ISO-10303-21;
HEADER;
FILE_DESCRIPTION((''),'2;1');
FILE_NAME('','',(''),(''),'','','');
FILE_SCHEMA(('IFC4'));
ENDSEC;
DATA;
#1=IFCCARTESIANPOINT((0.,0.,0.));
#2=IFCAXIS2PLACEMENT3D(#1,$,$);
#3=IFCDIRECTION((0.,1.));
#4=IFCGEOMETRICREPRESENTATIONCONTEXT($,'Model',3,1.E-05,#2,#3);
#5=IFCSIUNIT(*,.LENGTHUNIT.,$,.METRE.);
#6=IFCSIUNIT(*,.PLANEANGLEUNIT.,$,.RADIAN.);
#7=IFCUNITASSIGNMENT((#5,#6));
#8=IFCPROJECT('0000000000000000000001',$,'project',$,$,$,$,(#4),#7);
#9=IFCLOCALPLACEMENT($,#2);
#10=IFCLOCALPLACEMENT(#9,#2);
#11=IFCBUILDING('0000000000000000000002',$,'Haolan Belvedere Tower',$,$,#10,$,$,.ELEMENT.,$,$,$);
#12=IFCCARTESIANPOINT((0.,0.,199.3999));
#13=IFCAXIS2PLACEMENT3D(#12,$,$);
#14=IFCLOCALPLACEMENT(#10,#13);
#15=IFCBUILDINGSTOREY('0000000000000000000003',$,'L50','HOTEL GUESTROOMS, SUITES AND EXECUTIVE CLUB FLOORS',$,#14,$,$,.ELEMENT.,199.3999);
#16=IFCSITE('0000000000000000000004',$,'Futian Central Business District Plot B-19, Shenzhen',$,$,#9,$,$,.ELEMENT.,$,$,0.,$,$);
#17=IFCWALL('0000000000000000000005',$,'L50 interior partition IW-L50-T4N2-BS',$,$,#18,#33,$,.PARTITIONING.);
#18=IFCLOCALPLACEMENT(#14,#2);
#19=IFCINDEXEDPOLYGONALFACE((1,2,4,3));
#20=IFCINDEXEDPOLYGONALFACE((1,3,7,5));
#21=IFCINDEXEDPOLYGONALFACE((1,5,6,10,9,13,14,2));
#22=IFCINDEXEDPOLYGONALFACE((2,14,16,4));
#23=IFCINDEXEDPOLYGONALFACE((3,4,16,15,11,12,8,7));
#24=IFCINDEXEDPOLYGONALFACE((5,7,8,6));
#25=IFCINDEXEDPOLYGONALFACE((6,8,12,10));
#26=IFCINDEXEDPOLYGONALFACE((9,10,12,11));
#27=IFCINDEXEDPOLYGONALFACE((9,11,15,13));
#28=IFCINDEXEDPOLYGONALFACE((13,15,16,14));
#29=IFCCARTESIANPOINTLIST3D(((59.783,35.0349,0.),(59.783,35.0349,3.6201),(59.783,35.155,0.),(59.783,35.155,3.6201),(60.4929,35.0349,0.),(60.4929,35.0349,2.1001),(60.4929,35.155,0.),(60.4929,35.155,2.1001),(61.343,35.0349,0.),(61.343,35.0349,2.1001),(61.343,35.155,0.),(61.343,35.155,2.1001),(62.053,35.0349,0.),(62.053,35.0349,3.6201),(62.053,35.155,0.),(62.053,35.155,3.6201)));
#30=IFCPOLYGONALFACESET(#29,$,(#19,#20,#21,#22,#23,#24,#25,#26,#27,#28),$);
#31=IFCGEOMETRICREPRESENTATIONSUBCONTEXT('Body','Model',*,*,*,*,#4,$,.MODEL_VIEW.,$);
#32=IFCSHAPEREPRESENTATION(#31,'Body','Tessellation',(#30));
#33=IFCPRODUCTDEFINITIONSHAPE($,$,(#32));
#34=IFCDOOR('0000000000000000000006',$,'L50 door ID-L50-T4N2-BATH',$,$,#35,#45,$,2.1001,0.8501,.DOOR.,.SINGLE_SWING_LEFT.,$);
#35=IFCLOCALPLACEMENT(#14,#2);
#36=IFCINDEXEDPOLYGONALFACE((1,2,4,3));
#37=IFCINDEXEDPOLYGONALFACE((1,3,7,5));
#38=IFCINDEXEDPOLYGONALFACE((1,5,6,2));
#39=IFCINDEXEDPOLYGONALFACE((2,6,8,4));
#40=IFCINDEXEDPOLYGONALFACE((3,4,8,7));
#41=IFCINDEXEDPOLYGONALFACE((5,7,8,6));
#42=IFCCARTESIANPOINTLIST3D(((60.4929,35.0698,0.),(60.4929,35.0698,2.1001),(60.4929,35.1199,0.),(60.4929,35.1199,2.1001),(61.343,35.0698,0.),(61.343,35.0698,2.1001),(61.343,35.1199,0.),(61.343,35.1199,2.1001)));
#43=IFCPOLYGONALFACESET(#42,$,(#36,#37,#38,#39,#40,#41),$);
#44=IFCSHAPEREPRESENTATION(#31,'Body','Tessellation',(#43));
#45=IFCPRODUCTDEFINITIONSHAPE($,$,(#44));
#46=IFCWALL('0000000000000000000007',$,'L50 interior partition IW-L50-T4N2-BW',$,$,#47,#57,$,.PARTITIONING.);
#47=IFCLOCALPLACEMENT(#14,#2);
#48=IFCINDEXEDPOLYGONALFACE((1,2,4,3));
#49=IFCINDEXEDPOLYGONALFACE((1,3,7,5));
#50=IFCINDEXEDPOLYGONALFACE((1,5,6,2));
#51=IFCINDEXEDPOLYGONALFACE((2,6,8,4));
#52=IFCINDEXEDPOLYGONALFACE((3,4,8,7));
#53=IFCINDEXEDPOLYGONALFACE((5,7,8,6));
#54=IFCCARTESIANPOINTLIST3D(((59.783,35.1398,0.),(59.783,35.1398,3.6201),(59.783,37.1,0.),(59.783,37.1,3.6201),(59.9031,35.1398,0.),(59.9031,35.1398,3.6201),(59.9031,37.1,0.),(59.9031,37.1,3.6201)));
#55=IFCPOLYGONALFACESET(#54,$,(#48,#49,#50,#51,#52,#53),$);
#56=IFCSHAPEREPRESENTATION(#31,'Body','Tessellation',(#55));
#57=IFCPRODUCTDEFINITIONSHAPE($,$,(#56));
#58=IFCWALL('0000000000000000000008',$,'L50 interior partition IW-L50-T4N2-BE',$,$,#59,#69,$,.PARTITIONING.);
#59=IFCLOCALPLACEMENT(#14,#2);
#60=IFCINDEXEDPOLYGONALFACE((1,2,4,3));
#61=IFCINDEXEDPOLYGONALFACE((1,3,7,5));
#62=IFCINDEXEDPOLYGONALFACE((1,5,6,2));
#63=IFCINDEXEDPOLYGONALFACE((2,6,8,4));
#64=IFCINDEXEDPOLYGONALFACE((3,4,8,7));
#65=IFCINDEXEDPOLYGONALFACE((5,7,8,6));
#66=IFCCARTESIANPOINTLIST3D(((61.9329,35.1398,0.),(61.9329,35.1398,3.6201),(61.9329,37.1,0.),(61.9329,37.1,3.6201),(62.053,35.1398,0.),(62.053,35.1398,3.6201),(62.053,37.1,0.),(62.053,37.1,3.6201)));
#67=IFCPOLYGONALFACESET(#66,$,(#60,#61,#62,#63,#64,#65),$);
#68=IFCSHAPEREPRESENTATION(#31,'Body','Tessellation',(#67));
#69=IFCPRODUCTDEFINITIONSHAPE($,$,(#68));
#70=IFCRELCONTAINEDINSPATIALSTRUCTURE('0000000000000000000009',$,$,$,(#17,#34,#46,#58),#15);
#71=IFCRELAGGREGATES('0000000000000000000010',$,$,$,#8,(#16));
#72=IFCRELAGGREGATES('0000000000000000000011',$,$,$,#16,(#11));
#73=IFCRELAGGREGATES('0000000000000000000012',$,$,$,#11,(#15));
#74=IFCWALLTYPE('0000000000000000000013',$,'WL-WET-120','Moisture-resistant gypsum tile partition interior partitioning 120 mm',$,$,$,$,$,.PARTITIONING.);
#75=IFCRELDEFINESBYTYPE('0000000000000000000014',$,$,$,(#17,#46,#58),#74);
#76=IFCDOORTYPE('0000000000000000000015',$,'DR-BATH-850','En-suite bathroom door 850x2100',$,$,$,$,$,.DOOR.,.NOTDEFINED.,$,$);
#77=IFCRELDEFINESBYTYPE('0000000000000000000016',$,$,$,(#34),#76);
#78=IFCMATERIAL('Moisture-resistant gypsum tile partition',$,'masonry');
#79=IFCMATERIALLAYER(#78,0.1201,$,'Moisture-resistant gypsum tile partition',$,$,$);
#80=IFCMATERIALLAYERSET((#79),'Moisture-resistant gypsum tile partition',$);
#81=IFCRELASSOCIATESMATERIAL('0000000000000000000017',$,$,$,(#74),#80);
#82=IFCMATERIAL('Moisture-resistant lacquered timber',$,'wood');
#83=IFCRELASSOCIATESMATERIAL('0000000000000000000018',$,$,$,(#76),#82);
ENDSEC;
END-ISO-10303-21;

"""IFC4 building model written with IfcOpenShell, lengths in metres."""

from ifc_helpers import new_model, si_unit, direction, frame, frame_2d, origin, place, context, subcontext, project, spatial, rectangle, extrude, material, layer, layer_set, type_object, element, fill, save


model = new_model("IFC4")

# Units and contexts
model_context = context("Model", 3, precision=1e-05, world=origin(), true_north=direction((0.0, 1.0)))
body_context = subcontext(model_context, "Body", "Model", "MODEL_VIEW")
ifc_project = project(units=[si_unit("LENGTHUNIT", "METRE"), si_unit("PLANEANGLEUNIT", "RADIAN")], contexts=[model_context])

# Site, building, storey
site_placement = place(None, origin())
site = spatial("IfcSite", under=ifc_project, at=site_placement, Name="Futian Central Business District Plot B-19, Shenzhen", CompositionType="ELEMENT", RefElevation=0.0)
building_placement = place(site_placement, origin())
building = spatial("IfcBuilding", under=site, at=building_placement, Name="Haolan Belvedere Tower", CompositionType="ELEMENT")
storey_placement = place(building_placement, frame((0.0, 0.0, 199.3999)))
storey = spatial("IfcBuildingStorey", under=building, at=storey_placement, Name="L50", Description="HOTEL GUESTROOMS, SUITES AND EXECUTIVE CLUB FLOORS", CompositionType="ELEMENT", Elevation=199.3999)

# Shared definitions
ifc_material_1 = material(Name="Moisture-resistant gypsum tile partition", Category="masonry")
ifc_layer_1 = layer(ifc_material_1, 0.1201, Name="Moisture-resistant gypsum tile partition")
ifc_layer_set_1 = layer_set([ifc_layer_1], Name="Moisture-resistant gypsum tile partition")
wall_type_1 = type_object("IfcWallType", Name="WL-WET-120", Description="Moisture-resistant gypsum tile partition interior partitioning 120 mm", PredefinedType="PARTITIONING", material=ifc_layer_set_1)

# Wall, opening, door
wall_1_placement = place(storey_placement, frame((59.783, 35.095, 0.0), z_axis=(0.0, 0.0, 1.0), x_axis=(1.0, 0.0, 0.0)))
wall_1 = element("IfcWall", 1, at=wall_1_placement, inside=storey, type_object=wall_type_1, Name="L50 interior partition IW-L50-T4N2-BS", PredefinedType="PARTITIONING", context=body_context, shape_type="SweptSolid", body=[
    extrude(rectangle(XDim=2.27, YDim=0.1201, at=frame_2d((1.135, 0.0))), origin(), (0.0, 0.0, 1.0), 3.6201),
])
opening_1_placement = place(wall_1_placement, frame((0.71, 0.0, 0.0)))
opening_1 = element("IfcOpeningElement", 2, at=opening_1_placement, cuts=wall_1, PredefinedType="OPENING", context=body_context, shape_type="SweptSolid", body=[
    extrude(rectangle(XDim=0.8501, YDim=2.1001, at=frame_2d((0.425, 1.05))), frame((0.0, 0.0701, 0.0), z_axis=(0.0, -1.0, 0.0), x_axis=(1.0, 0.0, 0.0)), (0.0, 0.0, 1.0), 0.1401),
])
ifc_material_2 = material(Name="Moisture-resistant lacquered timber", Category="wood")
door_type = type_object("IfcDoorType", Name="DR-BATH-850", Description="En-suite bathroom door 850x2100", OperationType="NOTDEFINED", PredefinedType="DOOR", material=ifc_material_2)
door_placement = place(opening_1_placement, origin())
door = element("IfcDoor", 3, at=door_placement, inside=storey, type_object=door_type, Name="L50 door ID-L50-T4N2-BATH", OperationType="SINGLE_SWING_LEFT", OverallHeight=2.1001, OverallWidth=0.8501, PredefinedType="DOOR", context=body_context, shape_type="SweptSolid", body=[
    extrude(rectangle(XDim=0.8501, YDim=2.1001, at=frame_2d((0.425, 1.05))), frame((0.0, 0.0249, 0.0), z_axis=(0.0, -1.0, 0.0), x_axis=(1.0, 0.0, 0.0)), (0.0, 0.0, 1.0), 0.05),
])
fill(opening_1, door)

# Walls
for number, where, z_axis, x_axis, name in (
    (4, (59.843, 35.1399, 0.0), (0.0, 0.0, 1.0), (0.0, 1.0, 0.0), "L50 interior partition IW-L50-T4N2-BW"),
    (5, (61.9929, 35.1399, 0.0), (0.0, 0.0, 1.0), (0.0, 1.0, 0.0), "L50 interior partition IW-L50-T4N2-BE"),
):
    element("IfcWall", number, at=place(storey_placement, frame(where, z_axis=z_axis, x_axis=x_axis)), inside=storey, type_object=wall_type_1, Name=name, PredefinedType="PARTITIONING", context=body_context, shape_type="SweptSolid", body=[
        extrude(rectangle(XDim=1.9602, YDim=0.1201, at=frame_2d((0.98, 0.0))), origin(), (0.0, 0.0, 1.0), 3.6201),
    ])

save(model, "model.ifc")
